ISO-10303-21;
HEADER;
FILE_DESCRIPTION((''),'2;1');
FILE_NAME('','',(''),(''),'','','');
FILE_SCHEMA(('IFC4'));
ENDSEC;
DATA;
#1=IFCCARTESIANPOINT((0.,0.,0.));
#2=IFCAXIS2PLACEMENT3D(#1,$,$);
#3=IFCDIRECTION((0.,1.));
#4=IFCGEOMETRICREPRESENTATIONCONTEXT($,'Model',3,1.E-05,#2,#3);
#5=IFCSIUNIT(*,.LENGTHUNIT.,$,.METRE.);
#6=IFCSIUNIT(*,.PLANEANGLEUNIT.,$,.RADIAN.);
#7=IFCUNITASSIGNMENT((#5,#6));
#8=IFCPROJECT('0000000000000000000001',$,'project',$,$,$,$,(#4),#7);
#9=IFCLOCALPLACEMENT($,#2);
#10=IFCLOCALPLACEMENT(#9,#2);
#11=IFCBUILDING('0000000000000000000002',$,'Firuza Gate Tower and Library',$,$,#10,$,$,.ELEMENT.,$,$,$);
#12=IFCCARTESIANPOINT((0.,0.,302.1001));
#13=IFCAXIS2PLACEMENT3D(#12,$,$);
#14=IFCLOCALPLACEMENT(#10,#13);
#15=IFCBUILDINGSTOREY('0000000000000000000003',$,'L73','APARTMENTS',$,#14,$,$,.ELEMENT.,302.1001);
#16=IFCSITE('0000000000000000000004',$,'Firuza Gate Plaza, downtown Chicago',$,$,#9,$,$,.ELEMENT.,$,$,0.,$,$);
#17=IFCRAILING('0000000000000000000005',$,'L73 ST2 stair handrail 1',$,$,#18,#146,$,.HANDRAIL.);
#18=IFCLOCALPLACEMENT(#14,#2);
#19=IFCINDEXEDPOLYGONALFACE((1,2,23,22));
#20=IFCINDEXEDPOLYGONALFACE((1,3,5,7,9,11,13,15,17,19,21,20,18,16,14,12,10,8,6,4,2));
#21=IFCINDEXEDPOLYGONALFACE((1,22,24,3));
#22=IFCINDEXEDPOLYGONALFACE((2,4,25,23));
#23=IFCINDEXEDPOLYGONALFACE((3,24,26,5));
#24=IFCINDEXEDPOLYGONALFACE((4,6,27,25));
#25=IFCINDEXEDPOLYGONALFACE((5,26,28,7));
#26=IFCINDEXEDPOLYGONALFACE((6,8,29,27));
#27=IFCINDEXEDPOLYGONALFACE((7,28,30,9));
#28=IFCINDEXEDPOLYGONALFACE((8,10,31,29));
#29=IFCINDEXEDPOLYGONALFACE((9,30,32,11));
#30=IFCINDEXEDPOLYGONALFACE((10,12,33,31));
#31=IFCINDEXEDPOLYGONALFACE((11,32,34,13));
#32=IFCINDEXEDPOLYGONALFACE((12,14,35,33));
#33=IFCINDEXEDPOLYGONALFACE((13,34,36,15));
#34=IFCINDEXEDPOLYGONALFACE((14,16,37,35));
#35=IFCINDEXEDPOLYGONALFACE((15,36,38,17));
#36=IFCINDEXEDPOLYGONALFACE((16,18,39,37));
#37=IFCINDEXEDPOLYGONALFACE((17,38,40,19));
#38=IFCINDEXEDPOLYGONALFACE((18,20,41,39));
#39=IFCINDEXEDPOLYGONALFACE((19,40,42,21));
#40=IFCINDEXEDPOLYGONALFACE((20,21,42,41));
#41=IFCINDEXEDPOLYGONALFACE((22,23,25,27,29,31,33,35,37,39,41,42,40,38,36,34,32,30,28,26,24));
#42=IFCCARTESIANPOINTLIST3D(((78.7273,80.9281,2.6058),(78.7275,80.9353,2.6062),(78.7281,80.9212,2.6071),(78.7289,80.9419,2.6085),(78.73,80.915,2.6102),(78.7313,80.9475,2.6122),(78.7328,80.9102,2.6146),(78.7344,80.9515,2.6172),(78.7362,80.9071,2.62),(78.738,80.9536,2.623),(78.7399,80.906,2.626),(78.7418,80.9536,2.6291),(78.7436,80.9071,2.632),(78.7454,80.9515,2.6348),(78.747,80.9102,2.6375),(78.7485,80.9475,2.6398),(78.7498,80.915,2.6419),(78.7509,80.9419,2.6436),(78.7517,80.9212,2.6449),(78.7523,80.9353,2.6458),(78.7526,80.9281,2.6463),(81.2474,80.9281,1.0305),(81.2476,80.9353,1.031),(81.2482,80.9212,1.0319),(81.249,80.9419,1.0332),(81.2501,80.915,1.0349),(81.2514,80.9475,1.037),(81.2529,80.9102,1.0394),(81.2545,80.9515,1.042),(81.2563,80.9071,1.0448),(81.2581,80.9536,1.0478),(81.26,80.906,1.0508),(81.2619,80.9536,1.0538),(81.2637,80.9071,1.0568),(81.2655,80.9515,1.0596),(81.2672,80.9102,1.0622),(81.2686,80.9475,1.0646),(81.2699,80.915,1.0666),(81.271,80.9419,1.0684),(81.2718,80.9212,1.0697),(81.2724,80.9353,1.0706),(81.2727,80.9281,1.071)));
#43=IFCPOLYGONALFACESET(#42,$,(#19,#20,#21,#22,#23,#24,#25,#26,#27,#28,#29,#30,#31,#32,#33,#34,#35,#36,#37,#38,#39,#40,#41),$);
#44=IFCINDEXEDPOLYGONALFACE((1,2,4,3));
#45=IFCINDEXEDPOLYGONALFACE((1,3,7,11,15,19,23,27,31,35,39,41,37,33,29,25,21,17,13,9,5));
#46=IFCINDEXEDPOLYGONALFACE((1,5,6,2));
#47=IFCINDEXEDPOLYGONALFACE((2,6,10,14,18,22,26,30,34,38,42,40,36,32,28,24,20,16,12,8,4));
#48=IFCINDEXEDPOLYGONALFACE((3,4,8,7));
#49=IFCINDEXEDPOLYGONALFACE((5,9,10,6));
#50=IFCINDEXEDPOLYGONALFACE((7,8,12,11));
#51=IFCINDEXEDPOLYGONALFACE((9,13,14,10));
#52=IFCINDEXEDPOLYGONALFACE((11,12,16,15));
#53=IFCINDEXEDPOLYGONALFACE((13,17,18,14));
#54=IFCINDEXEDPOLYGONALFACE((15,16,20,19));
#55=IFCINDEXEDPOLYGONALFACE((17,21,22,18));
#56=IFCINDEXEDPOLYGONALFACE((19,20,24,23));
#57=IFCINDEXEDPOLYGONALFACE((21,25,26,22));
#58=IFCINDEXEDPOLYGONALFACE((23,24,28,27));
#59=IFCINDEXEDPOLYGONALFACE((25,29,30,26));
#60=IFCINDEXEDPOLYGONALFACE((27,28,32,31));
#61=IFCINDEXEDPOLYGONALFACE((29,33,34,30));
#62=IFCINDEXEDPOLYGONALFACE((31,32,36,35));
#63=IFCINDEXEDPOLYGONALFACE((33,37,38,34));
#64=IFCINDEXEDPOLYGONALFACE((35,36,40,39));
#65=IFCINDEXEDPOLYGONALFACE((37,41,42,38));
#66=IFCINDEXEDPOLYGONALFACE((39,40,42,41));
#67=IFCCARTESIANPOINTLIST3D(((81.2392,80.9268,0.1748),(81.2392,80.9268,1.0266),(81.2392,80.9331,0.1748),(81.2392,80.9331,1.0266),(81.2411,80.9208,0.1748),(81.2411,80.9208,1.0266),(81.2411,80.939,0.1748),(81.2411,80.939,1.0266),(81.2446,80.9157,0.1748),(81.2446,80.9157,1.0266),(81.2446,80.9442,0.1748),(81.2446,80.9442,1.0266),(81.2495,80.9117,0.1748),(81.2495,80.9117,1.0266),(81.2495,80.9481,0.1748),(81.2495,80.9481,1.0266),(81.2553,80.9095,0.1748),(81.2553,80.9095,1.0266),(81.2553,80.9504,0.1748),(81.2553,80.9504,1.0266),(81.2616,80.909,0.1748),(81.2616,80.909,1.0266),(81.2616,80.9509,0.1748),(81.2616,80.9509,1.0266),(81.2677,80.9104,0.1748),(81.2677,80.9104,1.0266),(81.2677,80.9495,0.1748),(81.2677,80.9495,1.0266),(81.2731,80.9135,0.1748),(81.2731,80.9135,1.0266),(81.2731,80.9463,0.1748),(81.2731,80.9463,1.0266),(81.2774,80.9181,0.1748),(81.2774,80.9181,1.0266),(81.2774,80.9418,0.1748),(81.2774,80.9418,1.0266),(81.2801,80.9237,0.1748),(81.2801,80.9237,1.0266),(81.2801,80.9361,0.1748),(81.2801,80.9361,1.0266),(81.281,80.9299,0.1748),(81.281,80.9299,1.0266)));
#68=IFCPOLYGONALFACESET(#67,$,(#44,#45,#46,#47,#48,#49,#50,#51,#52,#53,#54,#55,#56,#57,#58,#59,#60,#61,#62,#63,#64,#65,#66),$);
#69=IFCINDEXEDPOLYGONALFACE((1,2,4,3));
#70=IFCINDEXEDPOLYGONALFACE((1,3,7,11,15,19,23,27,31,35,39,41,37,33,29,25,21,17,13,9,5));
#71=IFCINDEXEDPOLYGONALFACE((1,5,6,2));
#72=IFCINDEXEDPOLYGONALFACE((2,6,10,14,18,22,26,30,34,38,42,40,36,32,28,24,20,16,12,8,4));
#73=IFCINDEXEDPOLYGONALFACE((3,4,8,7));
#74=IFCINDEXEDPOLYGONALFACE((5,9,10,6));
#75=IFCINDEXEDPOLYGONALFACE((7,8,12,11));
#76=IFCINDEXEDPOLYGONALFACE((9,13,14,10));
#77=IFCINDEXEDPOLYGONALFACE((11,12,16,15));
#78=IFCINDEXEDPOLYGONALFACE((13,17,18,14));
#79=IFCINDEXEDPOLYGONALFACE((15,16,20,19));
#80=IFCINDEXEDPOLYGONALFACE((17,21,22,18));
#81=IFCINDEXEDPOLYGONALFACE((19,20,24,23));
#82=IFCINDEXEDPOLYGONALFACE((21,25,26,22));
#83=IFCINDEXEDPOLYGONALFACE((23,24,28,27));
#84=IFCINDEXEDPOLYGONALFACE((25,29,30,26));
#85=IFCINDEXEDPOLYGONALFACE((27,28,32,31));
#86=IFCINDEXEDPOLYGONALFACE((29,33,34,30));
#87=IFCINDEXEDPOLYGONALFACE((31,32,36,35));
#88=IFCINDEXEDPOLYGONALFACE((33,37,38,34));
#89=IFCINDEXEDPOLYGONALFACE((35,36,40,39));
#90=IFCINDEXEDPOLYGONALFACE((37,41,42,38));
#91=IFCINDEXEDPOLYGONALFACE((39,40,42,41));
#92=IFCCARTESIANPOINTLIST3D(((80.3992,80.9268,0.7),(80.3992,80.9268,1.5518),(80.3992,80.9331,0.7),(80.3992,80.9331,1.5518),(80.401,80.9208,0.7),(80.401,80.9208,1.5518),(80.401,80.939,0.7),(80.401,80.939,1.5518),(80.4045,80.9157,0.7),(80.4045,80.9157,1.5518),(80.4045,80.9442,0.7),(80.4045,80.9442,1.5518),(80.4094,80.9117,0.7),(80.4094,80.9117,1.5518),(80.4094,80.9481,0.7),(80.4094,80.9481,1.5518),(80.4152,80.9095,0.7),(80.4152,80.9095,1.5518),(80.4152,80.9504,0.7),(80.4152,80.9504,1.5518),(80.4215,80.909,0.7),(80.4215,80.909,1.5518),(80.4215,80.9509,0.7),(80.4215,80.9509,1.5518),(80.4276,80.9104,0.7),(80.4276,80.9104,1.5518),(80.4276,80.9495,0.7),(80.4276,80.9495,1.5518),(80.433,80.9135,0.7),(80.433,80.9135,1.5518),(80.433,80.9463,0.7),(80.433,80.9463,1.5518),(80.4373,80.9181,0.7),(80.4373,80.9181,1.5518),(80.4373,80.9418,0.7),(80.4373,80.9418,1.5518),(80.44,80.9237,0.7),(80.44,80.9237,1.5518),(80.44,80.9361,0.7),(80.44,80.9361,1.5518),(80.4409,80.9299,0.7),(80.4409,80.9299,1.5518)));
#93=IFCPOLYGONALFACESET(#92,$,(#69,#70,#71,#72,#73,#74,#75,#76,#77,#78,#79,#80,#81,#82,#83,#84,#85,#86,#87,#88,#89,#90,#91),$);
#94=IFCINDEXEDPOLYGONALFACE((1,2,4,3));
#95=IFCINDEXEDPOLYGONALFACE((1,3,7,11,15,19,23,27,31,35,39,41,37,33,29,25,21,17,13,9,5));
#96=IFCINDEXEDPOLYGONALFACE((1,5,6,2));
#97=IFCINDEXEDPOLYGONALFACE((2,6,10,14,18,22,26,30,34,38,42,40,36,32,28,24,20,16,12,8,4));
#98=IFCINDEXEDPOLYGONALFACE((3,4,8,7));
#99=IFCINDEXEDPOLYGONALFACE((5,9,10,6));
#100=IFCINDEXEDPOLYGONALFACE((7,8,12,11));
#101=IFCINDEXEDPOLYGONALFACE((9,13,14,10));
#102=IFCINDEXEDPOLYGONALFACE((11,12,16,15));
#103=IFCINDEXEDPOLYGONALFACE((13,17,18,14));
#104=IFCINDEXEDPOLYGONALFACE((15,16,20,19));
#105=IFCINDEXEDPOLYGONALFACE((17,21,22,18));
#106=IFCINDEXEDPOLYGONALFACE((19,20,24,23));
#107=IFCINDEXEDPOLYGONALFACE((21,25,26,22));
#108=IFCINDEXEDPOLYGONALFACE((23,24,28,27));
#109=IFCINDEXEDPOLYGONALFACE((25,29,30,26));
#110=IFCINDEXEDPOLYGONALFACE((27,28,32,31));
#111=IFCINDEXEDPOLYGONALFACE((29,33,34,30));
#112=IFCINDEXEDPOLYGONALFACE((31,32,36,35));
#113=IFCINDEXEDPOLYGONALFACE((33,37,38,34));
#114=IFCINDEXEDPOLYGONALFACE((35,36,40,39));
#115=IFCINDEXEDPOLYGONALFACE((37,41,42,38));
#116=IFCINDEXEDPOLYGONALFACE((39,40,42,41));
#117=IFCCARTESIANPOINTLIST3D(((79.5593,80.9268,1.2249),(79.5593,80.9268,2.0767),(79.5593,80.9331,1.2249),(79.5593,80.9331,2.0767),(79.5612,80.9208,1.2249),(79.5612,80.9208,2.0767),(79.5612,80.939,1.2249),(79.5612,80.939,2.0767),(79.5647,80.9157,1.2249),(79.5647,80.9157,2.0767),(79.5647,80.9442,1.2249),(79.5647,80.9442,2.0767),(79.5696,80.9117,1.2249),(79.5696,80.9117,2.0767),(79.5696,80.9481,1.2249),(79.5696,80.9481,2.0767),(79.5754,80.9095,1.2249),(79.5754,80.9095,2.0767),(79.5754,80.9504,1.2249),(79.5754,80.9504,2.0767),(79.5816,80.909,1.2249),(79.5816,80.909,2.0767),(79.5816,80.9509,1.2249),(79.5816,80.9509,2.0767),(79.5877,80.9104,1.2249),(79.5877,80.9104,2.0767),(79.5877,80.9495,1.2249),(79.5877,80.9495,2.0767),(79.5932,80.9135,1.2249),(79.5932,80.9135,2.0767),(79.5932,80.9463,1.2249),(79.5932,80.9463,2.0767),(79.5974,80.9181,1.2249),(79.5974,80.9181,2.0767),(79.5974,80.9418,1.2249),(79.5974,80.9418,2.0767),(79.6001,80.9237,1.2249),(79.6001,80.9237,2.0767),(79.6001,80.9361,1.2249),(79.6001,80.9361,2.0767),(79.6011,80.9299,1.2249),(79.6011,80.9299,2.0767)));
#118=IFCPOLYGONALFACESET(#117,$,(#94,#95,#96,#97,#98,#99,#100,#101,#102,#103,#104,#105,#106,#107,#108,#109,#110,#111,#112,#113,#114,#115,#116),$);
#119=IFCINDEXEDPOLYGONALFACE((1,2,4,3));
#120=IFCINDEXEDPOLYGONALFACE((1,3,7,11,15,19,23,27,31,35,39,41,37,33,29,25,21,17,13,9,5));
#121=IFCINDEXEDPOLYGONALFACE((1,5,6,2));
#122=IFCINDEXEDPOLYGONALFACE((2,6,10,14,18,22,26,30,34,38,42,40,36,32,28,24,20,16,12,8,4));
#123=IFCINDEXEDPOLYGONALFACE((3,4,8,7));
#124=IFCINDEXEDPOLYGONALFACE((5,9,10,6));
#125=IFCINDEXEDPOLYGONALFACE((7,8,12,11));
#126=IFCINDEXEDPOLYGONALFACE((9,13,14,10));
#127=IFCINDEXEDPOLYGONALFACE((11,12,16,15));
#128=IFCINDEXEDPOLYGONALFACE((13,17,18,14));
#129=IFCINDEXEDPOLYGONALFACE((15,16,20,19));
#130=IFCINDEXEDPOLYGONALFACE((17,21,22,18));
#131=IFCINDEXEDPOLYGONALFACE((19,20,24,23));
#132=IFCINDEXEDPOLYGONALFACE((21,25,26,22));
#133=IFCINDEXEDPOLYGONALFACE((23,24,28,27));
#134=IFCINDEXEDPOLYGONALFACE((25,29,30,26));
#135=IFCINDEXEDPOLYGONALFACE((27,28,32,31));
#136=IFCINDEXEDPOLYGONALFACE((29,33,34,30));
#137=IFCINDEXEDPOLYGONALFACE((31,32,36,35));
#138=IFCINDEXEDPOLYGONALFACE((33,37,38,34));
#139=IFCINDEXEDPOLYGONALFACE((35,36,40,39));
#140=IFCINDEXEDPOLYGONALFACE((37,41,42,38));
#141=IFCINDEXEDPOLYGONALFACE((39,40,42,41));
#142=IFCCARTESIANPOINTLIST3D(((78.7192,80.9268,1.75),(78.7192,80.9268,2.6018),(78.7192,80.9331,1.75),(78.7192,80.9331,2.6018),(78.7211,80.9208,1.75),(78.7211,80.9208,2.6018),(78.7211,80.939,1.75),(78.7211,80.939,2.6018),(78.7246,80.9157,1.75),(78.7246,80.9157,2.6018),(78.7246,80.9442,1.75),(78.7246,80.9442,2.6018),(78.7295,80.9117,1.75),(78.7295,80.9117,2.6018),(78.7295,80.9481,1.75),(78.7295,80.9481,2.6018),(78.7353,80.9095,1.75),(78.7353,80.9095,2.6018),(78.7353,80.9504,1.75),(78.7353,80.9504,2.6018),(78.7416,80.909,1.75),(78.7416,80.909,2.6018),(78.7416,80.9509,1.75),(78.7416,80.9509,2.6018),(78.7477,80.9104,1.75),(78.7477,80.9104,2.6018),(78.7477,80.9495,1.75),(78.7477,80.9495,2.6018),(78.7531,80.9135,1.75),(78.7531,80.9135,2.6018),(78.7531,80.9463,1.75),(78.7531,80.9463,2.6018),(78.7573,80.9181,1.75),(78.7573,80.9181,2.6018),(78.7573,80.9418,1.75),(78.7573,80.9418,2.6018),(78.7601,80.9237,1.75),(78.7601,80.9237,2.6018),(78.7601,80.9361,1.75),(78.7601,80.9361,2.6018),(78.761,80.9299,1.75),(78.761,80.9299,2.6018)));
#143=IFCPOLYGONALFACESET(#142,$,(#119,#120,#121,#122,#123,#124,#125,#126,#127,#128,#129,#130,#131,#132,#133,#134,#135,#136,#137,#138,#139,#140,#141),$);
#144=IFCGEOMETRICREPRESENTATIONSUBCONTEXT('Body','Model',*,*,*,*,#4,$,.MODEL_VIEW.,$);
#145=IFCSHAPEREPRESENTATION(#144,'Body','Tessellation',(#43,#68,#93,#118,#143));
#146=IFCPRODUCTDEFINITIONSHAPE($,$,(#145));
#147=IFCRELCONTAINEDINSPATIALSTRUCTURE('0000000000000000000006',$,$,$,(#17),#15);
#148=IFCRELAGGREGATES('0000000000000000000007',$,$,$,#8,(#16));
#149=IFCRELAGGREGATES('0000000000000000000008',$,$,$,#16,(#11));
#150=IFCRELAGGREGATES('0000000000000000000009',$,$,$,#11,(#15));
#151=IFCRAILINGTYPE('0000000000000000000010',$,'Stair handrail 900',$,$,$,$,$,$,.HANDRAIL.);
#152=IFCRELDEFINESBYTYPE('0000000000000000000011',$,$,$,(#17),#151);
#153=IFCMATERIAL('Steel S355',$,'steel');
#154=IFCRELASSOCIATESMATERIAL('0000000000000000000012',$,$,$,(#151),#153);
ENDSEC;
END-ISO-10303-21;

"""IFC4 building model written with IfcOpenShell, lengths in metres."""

from ifc_helpers import new_model, si_unit, direction, frame, origin, origin_2d, place, context, subcontext, project, spatial, circle, extrude, material, type_object, element, save


model = new_model("IFC4")

# Units and contexts
model_context = context("Model", 3, precision=1e-05, world=origin(), true_north=direction((0.0, 1.0)))
body_context = subcontext(model_context, "Body", "Model", "MODEL_VIEW")
ifc_project = project(units=[si_unit("LENGTHUNIT", "METRE"), si_unit("PLANEANGLEUNIT", "RADIAN")], contexts=[model_context])

# Site, building, storey
site_placement = place(None, origin())
site = spatial("IfcSite", under=ifc_project, at=site_placement, Name="Firuza Gate Plaza, downtown Chicago", CompositionType="ELEMENT", RefElevation=0.0)
building_placement = place(site_placement, origin())
building = spatial("IfcBuilding", under=site, at=building_placement, Name="Firuza Gate Tower and Library", CompositionType="ELEMENT")
storey_placement = place(building_placement, frame((0.0, 0.0, 302.1001)))
storey = spatial("IfcBuildingStorey", under=building, at=storey_placement, Name="L73", Description="APARTMENTS", CompositionType="ELEMENT", Elevation=302.1001)

# Railing
ifc_material_1 = material(Name="Steel S355", Category="steel")
railing_type_1 = type_object("IfcRailingType", Name="Stair handrail 900", PredefinedType="HANDRAIL", material=ifc_material_1)
railing_1_placement = place(storey_placement, frame((81.26, 80.9299, 0.1748)))
element("IfcRailing", 1, at=railing_1_placement, inside=storey, type_object=railing_type_1, Name="L73 ST2 stair handrail 1", PredefinedType="HANDRAIL", context=body_context, shape_type="SweptSolid", body=[
    extrude(circle(Radius=0.0239, at=origin_2d()), frame((0.0, 0.0, 0.876), z_axis=(-0.847971, 0.0, 0.530043), x_axis=(0.0, -1.0, 0.0)), (0.0, 0.0, 1.0), 2.9719),
    extrude(circle(Radius=0.021, at=origin_2d()), origin(), (0.0, 0.0, 1.0), 0.8518),
    extrude(circle(Radius=0.021, at=origin_2d()), frame((-0.8401, 0.0, 0.5251)), (0.0, 0.0, 1.0), 0.8518),
    extrude(circle(Radius=0.021, at=origin_2d()), frame((-1.6799, 0.0, 1.05)), (0.0, 0.0, 1.0), 0.8518),
    extrude(circle(Radius=0.021, at=origin_2d()), frame((-2.52, 0.0, 1.5752)), (0.0, 0.0, 1.0), 0.8518),
])

save(model, "model.ifc")
